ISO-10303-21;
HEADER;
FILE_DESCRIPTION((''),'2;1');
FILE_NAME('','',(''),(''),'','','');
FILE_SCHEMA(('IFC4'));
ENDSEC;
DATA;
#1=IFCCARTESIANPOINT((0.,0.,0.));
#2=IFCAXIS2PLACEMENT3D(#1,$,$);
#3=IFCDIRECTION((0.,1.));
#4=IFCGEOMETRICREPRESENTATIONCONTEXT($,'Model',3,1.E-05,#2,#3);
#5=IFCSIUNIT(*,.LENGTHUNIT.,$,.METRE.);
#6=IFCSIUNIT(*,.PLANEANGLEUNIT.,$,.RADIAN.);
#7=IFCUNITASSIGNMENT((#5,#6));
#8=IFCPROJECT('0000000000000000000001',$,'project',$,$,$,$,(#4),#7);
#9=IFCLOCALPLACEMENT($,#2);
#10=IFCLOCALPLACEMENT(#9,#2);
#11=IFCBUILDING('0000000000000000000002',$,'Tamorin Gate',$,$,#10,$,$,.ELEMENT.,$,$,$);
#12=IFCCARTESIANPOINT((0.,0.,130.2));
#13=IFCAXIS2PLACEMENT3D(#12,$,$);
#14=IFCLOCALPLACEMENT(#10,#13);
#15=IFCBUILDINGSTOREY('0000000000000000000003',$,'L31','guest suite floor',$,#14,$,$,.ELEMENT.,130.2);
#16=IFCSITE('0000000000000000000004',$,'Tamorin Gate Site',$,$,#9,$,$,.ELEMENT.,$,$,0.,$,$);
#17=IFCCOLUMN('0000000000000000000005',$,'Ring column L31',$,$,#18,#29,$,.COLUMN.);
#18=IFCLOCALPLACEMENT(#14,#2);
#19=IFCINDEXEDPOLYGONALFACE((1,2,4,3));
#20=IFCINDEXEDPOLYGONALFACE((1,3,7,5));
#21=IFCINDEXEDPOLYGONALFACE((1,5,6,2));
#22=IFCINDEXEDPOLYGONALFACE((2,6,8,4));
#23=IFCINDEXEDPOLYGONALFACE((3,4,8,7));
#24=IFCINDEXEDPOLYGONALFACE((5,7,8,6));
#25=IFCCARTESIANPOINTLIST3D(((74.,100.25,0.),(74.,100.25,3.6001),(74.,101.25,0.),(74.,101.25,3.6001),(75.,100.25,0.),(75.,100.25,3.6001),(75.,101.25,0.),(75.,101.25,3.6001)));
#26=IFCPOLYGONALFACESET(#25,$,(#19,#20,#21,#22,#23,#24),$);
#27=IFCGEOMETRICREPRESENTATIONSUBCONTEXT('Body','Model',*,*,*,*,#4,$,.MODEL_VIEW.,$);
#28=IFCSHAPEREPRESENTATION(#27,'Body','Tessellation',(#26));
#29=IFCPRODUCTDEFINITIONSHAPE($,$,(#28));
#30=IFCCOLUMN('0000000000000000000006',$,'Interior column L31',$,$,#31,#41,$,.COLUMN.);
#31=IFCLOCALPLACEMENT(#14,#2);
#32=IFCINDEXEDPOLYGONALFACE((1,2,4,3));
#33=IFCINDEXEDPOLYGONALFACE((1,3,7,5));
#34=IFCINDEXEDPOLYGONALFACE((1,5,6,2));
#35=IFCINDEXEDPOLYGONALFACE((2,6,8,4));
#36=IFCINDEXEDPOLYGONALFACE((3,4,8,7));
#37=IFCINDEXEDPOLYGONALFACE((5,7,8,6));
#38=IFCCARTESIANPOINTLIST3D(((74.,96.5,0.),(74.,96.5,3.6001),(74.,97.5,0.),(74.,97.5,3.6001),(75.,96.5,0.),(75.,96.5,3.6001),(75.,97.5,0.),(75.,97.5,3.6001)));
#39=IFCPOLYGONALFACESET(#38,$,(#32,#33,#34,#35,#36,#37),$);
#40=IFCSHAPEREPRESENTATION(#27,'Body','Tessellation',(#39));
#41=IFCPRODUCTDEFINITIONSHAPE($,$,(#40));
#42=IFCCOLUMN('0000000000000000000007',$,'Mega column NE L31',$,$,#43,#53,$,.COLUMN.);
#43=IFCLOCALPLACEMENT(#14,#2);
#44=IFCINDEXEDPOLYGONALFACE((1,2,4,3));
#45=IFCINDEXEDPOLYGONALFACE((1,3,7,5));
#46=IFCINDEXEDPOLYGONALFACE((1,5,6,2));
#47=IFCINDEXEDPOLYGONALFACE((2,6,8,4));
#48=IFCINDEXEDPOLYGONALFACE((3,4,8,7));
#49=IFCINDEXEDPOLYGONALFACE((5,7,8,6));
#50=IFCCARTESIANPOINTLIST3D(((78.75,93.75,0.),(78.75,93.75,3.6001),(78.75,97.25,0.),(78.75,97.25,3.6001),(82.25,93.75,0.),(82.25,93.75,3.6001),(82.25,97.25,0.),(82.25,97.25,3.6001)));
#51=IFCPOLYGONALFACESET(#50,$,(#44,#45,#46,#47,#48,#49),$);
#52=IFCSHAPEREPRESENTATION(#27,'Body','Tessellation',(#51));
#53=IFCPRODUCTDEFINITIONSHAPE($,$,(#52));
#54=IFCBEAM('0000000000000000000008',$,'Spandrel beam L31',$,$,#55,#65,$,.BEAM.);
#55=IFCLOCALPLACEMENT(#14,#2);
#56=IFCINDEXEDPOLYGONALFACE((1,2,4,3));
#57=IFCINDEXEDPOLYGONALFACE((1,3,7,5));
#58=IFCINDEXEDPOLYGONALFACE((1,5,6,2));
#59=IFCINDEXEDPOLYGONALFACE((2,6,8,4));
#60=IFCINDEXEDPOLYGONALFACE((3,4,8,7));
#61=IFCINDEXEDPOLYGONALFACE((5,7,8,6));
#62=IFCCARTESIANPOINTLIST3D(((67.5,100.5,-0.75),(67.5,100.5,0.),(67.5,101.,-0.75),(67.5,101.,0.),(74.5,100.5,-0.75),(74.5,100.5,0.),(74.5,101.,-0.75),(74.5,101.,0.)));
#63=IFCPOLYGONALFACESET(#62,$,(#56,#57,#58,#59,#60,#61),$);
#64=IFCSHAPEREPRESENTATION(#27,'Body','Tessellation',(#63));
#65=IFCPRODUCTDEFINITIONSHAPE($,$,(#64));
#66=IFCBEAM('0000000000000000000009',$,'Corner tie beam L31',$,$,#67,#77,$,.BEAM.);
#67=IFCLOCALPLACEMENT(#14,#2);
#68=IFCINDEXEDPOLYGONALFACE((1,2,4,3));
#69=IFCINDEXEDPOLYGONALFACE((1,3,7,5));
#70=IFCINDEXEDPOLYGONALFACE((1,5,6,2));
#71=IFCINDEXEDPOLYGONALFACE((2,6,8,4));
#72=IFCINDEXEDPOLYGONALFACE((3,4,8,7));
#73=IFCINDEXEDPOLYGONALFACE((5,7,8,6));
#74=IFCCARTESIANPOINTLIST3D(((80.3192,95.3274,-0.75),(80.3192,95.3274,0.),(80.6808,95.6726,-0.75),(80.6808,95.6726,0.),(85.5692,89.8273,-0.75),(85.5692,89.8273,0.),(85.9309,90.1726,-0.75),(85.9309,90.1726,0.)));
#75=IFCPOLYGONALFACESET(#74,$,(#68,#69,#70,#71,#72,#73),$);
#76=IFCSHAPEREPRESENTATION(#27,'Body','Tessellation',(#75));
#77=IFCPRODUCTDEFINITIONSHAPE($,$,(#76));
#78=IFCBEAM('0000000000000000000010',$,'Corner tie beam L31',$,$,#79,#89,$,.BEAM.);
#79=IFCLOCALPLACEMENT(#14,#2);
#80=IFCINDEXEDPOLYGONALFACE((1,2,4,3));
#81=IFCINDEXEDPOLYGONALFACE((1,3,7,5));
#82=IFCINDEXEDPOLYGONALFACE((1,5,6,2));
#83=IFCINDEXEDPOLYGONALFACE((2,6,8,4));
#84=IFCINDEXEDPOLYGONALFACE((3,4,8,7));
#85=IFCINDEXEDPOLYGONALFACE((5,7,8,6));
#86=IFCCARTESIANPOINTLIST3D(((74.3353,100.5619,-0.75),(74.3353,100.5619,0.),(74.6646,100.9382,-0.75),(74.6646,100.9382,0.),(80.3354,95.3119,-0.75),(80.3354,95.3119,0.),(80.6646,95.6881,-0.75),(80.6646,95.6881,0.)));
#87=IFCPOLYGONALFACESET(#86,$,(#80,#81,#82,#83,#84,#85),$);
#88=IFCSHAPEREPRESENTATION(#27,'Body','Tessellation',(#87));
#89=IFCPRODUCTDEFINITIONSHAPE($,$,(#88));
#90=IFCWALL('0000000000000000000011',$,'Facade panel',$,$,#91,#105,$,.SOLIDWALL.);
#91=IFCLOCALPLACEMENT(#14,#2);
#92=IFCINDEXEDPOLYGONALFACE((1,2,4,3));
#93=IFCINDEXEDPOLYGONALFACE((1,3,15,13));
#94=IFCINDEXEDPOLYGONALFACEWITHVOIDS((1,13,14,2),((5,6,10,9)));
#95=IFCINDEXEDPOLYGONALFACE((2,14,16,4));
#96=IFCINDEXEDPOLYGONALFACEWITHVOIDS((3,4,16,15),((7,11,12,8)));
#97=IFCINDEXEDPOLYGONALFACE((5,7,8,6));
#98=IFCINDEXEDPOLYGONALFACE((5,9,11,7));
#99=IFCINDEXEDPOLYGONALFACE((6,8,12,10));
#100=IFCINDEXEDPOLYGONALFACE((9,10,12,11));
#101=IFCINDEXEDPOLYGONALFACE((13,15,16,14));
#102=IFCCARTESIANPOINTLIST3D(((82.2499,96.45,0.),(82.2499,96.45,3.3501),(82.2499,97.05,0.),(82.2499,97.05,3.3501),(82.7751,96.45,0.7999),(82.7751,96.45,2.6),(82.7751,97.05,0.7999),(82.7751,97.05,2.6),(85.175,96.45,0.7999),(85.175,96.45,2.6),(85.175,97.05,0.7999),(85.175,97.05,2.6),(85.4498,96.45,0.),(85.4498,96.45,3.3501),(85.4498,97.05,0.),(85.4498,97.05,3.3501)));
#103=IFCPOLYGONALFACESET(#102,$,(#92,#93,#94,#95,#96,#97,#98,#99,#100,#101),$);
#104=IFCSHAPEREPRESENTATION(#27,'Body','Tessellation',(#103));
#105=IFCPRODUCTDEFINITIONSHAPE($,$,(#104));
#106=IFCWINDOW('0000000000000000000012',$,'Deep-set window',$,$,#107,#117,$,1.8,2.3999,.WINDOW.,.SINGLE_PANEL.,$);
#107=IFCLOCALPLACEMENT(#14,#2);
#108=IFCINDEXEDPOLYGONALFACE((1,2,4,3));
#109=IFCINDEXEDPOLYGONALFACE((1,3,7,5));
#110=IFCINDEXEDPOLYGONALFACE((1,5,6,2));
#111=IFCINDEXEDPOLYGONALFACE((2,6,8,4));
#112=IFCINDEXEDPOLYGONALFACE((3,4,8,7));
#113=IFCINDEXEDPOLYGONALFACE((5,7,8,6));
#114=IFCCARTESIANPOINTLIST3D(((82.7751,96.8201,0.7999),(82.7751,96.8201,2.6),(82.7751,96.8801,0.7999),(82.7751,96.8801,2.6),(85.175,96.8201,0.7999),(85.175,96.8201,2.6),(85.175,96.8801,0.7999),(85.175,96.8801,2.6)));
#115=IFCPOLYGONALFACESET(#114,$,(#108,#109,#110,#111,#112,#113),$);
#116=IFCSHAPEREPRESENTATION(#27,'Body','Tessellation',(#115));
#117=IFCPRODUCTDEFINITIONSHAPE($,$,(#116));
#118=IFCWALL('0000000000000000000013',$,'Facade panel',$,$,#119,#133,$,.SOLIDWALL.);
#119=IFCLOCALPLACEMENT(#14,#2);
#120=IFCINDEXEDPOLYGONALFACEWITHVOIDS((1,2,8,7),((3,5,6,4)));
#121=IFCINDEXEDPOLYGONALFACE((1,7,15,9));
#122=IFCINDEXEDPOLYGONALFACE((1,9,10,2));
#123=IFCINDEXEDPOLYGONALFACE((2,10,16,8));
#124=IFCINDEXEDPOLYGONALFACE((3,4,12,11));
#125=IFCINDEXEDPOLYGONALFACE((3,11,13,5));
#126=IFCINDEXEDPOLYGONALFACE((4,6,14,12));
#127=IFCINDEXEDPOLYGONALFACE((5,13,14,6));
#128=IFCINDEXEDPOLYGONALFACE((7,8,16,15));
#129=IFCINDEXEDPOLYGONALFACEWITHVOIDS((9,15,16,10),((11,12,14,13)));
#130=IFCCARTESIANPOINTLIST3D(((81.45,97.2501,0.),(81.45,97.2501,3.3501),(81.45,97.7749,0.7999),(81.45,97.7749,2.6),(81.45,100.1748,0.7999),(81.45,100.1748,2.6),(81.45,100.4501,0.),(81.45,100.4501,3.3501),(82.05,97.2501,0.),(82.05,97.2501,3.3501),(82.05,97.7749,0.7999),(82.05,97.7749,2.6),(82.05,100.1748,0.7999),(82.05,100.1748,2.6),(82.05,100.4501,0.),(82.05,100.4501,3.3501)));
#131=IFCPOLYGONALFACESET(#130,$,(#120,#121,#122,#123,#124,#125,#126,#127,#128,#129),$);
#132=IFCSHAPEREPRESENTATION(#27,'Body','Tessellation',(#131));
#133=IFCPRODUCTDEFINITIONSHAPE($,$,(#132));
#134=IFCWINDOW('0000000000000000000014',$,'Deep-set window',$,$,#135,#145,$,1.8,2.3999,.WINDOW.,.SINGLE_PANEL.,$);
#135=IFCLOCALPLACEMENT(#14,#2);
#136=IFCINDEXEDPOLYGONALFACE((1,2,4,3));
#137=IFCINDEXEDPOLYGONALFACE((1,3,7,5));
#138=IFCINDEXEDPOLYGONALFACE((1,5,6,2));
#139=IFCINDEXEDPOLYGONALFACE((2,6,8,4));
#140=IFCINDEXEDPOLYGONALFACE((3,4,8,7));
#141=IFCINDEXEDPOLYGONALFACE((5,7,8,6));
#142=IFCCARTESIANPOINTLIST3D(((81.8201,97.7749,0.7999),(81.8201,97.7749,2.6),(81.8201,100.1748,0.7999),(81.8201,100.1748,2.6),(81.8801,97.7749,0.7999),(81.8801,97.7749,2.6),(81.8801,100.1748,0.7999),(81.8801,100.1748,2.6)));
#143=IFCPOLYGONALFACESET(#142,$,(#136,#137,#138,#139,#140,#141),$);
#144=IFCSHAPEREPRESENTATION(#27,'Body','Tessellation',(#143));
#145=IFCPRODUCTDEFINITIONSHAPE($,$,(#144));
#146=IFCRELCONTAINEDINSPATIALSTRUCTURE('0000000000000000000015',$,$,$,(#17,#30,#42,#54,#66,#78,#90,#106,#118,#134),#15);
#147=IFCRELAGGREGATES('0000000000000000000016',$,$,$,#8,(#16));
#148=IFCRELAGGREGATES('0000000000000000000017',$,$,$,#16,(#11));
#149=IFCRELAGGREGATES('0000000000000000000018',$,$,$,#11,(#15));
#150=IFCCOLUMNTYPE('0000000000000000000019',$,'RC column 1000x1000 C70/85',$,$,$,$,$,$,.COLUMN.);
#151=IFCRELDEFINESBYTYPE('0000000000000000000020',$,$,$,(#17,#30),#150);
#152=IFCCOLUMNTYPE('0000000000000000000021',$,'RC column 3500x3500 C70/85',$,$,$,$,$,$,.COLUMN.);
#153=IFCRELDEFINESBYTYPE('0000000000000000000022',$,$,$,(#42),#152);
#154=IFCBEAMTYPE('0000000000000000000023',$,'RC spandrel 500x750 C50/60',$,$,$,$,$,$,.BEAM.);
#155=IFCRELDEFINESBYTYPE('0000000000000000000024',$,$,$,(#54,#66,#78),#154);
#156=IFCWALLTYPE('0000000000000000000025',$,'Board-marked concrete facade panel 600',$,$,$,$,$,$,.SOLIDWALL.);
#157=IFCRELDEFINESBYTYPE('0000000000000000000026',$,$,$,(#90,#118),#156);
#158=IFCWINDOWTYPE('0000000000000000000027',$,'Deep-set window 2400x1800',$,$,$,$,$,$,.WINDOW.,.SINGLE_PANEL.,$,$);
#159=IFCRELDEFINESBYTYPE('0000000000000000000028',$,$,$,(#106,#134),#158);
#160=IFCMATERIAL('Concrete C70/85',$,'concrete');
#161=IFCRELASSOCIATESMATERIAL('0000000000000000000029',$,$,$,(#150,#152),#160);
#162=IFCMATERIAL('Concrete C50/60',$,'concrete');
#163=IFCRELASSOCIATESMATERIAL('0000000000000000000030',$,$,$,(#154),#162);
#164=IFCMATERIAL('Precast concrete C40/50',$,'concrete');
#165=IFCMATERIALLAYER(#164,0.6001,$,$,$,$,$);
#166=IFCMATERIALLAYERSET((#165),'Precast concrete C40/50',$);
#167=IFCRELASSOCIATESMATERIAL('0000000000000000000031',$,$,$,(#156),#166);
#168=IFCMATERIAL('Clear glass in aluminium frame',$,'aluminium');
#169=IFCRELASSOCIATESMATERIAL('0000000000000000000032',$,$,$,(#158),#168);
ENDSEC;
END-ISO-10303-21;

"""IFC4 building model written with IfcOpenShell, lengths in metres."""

from ifc_helpers import new_model, si_unit, direction, frame, frame_2d, origin, origin_2d, place, context, subcontext, project, spatial, rectangle, extrude, material, layer, layer_set, material_profile, profile_set, type_object, element, fill, save


model = new_model("IFC4")

# Units and contexts
model_context = context("Model", 3, precision=1e-05, world=origin(), true_north=direction((0.0, 1.0)))
body_context = subcontext(model_context, "Body", "Model", "MODEL_VIEW")
ifc_project = project(units=[si_unit("LENGTHUNIT", "METRE"), si_unit("PLANEANGLEUNIT", "RADIAN")], contexts=[model_context])

# Site, building, storey
site_placement = place(None, origin())
site = spatial("IfcSite", under=ifc_project, at=site_placement, Name="Tamorin Gate Site", CompositionType="ELEMENT", RefElevation=0.0)
building_placement = place(site_placement, origin())
building = spatial("IfcBuilding", under=site, at=building_placement, Name="Tamorin Gate", CompositionType="ELEMENT")
storey_placement = place(building_placement, frame((0.0, 0.0, 130.2)))
storey = spatial("IfcBuildingStorey", under=building, at=storey_placement, Name="L31", Description="guest suite floor", CompositionType="ELEMENT", Elevation=130.2)

# Columns
ifc_material_1 = material(Name="Concrete C70/85", Category="concrete")
ifc_material_profile_1 = material_profile(ifc_material_1, rectangle(XDim=1.0, YDim=1.0, at=origin_2d()), Name="RC 1000x1000")
ifc_profile_set_1 = profile_set([ifc_material_profile_1], Name="Concrete C70/85")
column_type_1 = type_object("IfcColumnType", Name="RC column 1000x1000 C70/85", PredefinedType="COLUMN", material=ifc_profile_set_1)
for number, where, z_axis, x_axis, name in (
    (1, (74.5, 100.75, 0.0), (0.0, 0.0, 1.0), (1.0, 0.0, 0.0), "Ring column L31"),
    (2, (74.5, 97.0, 0.0), (0.0, 0.0, 1.0), (1.0, 0.0, 0.0), "Interior column L31"),
):
    element("IfcColumn", number, at=place(storey_placement, frame(where, z_axis=z_axis, x_axis=x_axis)), inside=storey, type_object=column_type_1, Name=name, PredefinedType="COLUMN", context=body_context, shape_type="SweptSolid", body=[
        extrude(rectangle(XDim=1.0, YDim=1.0, at=origin_2d()), origin(), (0.0, 0.0, 1.0), 3.6001),
    ])
ifc_material_profile_2 = material_profile(ifc_material_1, rectangle(XDim=3.5, YDim=3.5, at=origin_2d()), Name="RC 3500x3500")
ifc_profile_set_2 = profile_set([ifc_material_profile_2], Name="Concrete C70/85")
column_type_2 = type_object("IfcColumnType", Name="RC column 3500x3500 C70/85", PredefinedType="COLUMN", material=ifc_profile_set_2)
column_placement = place(storey_placement, frame((80.5, 95.5, 0.0), z_axis=(0.0, 0.0, 1.0), x_axis=(1.0, 0.0, 0.0)))
element("IfcColumn", 3, at=column_placement, inside=storey, type_object=column_type_2, Name="Mega column NE L31", PredefinedType="COLUMN", context=body_context, shape_type="SweptSolid", body=[
    extrude(rectangle(XDim=3.5, YDim=3.5, at=origin_2d()), origin(), (0.0, 0.0, 1.0), 3.6001),
])

# Beams
ifc_material_2 = material(Name="Concrete C50/60", Category="concrete")
ifc_material_profile_3 = material_profile(ifc_material_2, rectangle(XDim=0.5, YDim=0.75, at=origin_2d()), Name="RC 500x750")
ifc_profile_set_3 = profile_set([ifc_material_profile_3], Name="Concrete C50/60")
beam_type = type_object("IfcBeamType", Name="RC spandrel 500x750 C50/60", PredefinedType="BEAM", material=ifc_profile_set_3)
beam_1_placement = place(storey_placement, frame((74.5, 100.75, -0.375), z_axis=(-1.0, 0.0, 0.0), x_axis=(0.0, -1.0, 0.0)))
element("IfcBeam", 4, at=beam_1_placement, inside=storey, type_object=beam_type, Name="Spandrel beam L31", PredefinedType="BEAM", context=body_context, shape_type="SweptSolid", body=[
    extrude(rectangle(XDim=0.5, YDim=0.75, at=origin_2d()), origin(), (0.0, 0.0, 1.0), 7.0),
])
beam_2_placement = place(storey_placement, frame((80.5, 95.5, -0.375), z_axis=(0.690476, -0.723356, 0.0), x_axis=(0.723356, 0.690476, 0.0)))
element("IfcBeam", 5, at=beam_2_placement, inside=storey, type_object=beam_type, Name="Corner tie beam L31", PredefinedType="BEAM", context=body_context, shape_type="SweptSolid", body=[
    extrude(rectangle(XDim=0.5, YDim=0.75, at=origin_2d()), origin(), (0.0, 0.0, 1.0), 7.6035),
])
beam_3_placement = place(storey_placement, frame((80.5, 95.5, -0.375), z_axis=(-0.752577, 0.658505, 0.0), x_axis=(-0.658505, -0.752577, 0.0)))
element("IfcBeam", 6, at=beam_3_placement, inside=storey, type_object=beam_type, Name="Corner tie beam L31", PredefinedType="BEAM", context=body_context, shape_type="SweptSolid", body=[
    extrude(rectangle(XDim=0.5, YDim=0.75, at=origin_2d()), origin(), (0.0, 0.0, 1.0), 7.9727),
])

# Walls, openings, windows
ifc_material_3 = material(Name="Precast concrete C40/50", Category="concrete")
ifc_layer_1 = layer(ifc_material_3, 0.6001)
ifc_layer_set_1 = layer_set([ifc_layer_1], Name="Precast concrete C40/50")
wall_type_1 = type_object("IfcWallType", Name="Board-marked concrete facade panel 600", PredefinedType="SOLIDWALL", material=ifc_layer_set_1)
wall_1_placement = place(storey_placement, frame((85.45, 96.75, 0.0), z_axis=(0.0, 0.0, 1.0), x_axis=(-1.0, 0.0, 0.0)))
wall_1 = element("IfcWall", 7, at=wall_1_placement, inside=storey, type_object=wall_type_1, Name="Facade panel", PredefinedType="SOLIDWALL", context=body_context, shape_type="SweptSolid", body=[
    extrude(rectangle(XDim=3.2, YDim=0.6001, at=frame_2d((1.6001, 0.0))), origin(), (0.0, 0.0, 1.0), 3.3501),
])
opening_1_placement = place(wall_1_placement, frame((0.2749, 0.0, 0.8)))
opening_1 = element("IfcOpeningElement", 8, at=opening_1_placement, cuts=wall_1, PredefinedType="OPENING", context=body_context, shape_type="SweptSolid", body=[
    extrude(rectangle(XDim=2.3999, YDim=1.8, at=frame_2d((1.2, 0.8999))), frame((0.0, 0.3101, 0.0), z_axis=(0.0, -1.0, 0.0), x_axis=(1.0, 0.0, 0.0)), (0.0, 0.0, 1.0), 0.6201),
])
ifc_material_4 = material(Name="Clear glass in aluminium frame", Category="aluminium")
window_type_1 = type_object("IfcWindowType", Name="Deep-set window 2400x1800", PartitioningType="SINGLE_PANEL", PredefinedType="WINDOW", material=ifc_material_4)
window_1_placement = place(opening_1_placement, origin())
window_1 = element("IfcWindow", 9, at=window_1_placement, inside=storey, type_object=window_type_1, Name="Deep-set window", OverallHeight=1.8, OverallWidth=2.3999, PartitioningType="SINGLE_PANEL", PredefinedType="WINDOW", context=body_context, shape_type="SweptSolid", body=[
    extrude(rectangle(XDim=2.3999, YDim=1.8, at=frame_2d((1.2, 0.8999))), frame((0.0, -0.0701, 0.0), z_axis=(0.0, -1.0, 0.0), x_axis=(1.0, 0.0, 0.0)), (0.0, 0.0, 1.0), 0.0601),
])
fill(opening_1, window_1)
wall_2_placement = place(storey_placement, frame((81.75, 97.25, 0.0), z_axis=(0.0, 0.0, 1.0), x_axis=(0.0, 1.0, 0.0)))
wall_2 = element("IfcWall", 10, at=wall_2_placement, inside=storey, type_object=wall_type_1, Name="Facade panel", PredefinedType="SOLIDWALL", context=body_context, shape_type="SweptSolid", body=[
    extrude(rectangle(XDim=3.2, YDim=0.6001, at=frame_2d((1.6001, 0.0))), origin(), (0.0, 0.0, 1.0), 3.3501),
])
opening_2_placement = place(wall_2_placement, frame((0.5249, 0.0, 0.8)))
opening_2 = element("IfcOpeningElement", 11, at=opening_2_placement, cuts=wall_2, PredefinedType="OPENING", context=body_context, shape_type="SweptSolid", body=[
    extrude(rectangle(XDim=2.3999, YDim=1.8, at=frame_2d((1.2, 0.8999))), frame((0.0, 0.3101, 0.0), z_axis=(0.0, -1.0, 0.0), x_axis=(1.0, 0.0, 0.0)), (0.0, 0.0, 1.0), 0.6201),
])
window_2_placement = place(opening_2_placement, origin())
window_2 = element("IfcWindow", 12, at=window_2_placement, inside=storey, type_object=window_type_1, Name="Deep-set window", OverallHeight=1.8, OverallWidth=2.3999, PartitioningType="SINGLE_PANEL", PredefinedType="WINDOW", context=body_context, shape_type="SweptSolid", body=[
    extrude(rectangle(XDim=2.3999, YDim=1.8, at=frame_2d((1.2, 0.8999))), frame((0.0, -0.0701, 0.0), z_axis=(0.0, -1.0, 0.0), x_axis=(1.0, 0.0, 0.0)), (0.0, 0.0, 1.0), 0.0601),
])
fill(opening_2, window_2)

save(model, "model.ifc")
